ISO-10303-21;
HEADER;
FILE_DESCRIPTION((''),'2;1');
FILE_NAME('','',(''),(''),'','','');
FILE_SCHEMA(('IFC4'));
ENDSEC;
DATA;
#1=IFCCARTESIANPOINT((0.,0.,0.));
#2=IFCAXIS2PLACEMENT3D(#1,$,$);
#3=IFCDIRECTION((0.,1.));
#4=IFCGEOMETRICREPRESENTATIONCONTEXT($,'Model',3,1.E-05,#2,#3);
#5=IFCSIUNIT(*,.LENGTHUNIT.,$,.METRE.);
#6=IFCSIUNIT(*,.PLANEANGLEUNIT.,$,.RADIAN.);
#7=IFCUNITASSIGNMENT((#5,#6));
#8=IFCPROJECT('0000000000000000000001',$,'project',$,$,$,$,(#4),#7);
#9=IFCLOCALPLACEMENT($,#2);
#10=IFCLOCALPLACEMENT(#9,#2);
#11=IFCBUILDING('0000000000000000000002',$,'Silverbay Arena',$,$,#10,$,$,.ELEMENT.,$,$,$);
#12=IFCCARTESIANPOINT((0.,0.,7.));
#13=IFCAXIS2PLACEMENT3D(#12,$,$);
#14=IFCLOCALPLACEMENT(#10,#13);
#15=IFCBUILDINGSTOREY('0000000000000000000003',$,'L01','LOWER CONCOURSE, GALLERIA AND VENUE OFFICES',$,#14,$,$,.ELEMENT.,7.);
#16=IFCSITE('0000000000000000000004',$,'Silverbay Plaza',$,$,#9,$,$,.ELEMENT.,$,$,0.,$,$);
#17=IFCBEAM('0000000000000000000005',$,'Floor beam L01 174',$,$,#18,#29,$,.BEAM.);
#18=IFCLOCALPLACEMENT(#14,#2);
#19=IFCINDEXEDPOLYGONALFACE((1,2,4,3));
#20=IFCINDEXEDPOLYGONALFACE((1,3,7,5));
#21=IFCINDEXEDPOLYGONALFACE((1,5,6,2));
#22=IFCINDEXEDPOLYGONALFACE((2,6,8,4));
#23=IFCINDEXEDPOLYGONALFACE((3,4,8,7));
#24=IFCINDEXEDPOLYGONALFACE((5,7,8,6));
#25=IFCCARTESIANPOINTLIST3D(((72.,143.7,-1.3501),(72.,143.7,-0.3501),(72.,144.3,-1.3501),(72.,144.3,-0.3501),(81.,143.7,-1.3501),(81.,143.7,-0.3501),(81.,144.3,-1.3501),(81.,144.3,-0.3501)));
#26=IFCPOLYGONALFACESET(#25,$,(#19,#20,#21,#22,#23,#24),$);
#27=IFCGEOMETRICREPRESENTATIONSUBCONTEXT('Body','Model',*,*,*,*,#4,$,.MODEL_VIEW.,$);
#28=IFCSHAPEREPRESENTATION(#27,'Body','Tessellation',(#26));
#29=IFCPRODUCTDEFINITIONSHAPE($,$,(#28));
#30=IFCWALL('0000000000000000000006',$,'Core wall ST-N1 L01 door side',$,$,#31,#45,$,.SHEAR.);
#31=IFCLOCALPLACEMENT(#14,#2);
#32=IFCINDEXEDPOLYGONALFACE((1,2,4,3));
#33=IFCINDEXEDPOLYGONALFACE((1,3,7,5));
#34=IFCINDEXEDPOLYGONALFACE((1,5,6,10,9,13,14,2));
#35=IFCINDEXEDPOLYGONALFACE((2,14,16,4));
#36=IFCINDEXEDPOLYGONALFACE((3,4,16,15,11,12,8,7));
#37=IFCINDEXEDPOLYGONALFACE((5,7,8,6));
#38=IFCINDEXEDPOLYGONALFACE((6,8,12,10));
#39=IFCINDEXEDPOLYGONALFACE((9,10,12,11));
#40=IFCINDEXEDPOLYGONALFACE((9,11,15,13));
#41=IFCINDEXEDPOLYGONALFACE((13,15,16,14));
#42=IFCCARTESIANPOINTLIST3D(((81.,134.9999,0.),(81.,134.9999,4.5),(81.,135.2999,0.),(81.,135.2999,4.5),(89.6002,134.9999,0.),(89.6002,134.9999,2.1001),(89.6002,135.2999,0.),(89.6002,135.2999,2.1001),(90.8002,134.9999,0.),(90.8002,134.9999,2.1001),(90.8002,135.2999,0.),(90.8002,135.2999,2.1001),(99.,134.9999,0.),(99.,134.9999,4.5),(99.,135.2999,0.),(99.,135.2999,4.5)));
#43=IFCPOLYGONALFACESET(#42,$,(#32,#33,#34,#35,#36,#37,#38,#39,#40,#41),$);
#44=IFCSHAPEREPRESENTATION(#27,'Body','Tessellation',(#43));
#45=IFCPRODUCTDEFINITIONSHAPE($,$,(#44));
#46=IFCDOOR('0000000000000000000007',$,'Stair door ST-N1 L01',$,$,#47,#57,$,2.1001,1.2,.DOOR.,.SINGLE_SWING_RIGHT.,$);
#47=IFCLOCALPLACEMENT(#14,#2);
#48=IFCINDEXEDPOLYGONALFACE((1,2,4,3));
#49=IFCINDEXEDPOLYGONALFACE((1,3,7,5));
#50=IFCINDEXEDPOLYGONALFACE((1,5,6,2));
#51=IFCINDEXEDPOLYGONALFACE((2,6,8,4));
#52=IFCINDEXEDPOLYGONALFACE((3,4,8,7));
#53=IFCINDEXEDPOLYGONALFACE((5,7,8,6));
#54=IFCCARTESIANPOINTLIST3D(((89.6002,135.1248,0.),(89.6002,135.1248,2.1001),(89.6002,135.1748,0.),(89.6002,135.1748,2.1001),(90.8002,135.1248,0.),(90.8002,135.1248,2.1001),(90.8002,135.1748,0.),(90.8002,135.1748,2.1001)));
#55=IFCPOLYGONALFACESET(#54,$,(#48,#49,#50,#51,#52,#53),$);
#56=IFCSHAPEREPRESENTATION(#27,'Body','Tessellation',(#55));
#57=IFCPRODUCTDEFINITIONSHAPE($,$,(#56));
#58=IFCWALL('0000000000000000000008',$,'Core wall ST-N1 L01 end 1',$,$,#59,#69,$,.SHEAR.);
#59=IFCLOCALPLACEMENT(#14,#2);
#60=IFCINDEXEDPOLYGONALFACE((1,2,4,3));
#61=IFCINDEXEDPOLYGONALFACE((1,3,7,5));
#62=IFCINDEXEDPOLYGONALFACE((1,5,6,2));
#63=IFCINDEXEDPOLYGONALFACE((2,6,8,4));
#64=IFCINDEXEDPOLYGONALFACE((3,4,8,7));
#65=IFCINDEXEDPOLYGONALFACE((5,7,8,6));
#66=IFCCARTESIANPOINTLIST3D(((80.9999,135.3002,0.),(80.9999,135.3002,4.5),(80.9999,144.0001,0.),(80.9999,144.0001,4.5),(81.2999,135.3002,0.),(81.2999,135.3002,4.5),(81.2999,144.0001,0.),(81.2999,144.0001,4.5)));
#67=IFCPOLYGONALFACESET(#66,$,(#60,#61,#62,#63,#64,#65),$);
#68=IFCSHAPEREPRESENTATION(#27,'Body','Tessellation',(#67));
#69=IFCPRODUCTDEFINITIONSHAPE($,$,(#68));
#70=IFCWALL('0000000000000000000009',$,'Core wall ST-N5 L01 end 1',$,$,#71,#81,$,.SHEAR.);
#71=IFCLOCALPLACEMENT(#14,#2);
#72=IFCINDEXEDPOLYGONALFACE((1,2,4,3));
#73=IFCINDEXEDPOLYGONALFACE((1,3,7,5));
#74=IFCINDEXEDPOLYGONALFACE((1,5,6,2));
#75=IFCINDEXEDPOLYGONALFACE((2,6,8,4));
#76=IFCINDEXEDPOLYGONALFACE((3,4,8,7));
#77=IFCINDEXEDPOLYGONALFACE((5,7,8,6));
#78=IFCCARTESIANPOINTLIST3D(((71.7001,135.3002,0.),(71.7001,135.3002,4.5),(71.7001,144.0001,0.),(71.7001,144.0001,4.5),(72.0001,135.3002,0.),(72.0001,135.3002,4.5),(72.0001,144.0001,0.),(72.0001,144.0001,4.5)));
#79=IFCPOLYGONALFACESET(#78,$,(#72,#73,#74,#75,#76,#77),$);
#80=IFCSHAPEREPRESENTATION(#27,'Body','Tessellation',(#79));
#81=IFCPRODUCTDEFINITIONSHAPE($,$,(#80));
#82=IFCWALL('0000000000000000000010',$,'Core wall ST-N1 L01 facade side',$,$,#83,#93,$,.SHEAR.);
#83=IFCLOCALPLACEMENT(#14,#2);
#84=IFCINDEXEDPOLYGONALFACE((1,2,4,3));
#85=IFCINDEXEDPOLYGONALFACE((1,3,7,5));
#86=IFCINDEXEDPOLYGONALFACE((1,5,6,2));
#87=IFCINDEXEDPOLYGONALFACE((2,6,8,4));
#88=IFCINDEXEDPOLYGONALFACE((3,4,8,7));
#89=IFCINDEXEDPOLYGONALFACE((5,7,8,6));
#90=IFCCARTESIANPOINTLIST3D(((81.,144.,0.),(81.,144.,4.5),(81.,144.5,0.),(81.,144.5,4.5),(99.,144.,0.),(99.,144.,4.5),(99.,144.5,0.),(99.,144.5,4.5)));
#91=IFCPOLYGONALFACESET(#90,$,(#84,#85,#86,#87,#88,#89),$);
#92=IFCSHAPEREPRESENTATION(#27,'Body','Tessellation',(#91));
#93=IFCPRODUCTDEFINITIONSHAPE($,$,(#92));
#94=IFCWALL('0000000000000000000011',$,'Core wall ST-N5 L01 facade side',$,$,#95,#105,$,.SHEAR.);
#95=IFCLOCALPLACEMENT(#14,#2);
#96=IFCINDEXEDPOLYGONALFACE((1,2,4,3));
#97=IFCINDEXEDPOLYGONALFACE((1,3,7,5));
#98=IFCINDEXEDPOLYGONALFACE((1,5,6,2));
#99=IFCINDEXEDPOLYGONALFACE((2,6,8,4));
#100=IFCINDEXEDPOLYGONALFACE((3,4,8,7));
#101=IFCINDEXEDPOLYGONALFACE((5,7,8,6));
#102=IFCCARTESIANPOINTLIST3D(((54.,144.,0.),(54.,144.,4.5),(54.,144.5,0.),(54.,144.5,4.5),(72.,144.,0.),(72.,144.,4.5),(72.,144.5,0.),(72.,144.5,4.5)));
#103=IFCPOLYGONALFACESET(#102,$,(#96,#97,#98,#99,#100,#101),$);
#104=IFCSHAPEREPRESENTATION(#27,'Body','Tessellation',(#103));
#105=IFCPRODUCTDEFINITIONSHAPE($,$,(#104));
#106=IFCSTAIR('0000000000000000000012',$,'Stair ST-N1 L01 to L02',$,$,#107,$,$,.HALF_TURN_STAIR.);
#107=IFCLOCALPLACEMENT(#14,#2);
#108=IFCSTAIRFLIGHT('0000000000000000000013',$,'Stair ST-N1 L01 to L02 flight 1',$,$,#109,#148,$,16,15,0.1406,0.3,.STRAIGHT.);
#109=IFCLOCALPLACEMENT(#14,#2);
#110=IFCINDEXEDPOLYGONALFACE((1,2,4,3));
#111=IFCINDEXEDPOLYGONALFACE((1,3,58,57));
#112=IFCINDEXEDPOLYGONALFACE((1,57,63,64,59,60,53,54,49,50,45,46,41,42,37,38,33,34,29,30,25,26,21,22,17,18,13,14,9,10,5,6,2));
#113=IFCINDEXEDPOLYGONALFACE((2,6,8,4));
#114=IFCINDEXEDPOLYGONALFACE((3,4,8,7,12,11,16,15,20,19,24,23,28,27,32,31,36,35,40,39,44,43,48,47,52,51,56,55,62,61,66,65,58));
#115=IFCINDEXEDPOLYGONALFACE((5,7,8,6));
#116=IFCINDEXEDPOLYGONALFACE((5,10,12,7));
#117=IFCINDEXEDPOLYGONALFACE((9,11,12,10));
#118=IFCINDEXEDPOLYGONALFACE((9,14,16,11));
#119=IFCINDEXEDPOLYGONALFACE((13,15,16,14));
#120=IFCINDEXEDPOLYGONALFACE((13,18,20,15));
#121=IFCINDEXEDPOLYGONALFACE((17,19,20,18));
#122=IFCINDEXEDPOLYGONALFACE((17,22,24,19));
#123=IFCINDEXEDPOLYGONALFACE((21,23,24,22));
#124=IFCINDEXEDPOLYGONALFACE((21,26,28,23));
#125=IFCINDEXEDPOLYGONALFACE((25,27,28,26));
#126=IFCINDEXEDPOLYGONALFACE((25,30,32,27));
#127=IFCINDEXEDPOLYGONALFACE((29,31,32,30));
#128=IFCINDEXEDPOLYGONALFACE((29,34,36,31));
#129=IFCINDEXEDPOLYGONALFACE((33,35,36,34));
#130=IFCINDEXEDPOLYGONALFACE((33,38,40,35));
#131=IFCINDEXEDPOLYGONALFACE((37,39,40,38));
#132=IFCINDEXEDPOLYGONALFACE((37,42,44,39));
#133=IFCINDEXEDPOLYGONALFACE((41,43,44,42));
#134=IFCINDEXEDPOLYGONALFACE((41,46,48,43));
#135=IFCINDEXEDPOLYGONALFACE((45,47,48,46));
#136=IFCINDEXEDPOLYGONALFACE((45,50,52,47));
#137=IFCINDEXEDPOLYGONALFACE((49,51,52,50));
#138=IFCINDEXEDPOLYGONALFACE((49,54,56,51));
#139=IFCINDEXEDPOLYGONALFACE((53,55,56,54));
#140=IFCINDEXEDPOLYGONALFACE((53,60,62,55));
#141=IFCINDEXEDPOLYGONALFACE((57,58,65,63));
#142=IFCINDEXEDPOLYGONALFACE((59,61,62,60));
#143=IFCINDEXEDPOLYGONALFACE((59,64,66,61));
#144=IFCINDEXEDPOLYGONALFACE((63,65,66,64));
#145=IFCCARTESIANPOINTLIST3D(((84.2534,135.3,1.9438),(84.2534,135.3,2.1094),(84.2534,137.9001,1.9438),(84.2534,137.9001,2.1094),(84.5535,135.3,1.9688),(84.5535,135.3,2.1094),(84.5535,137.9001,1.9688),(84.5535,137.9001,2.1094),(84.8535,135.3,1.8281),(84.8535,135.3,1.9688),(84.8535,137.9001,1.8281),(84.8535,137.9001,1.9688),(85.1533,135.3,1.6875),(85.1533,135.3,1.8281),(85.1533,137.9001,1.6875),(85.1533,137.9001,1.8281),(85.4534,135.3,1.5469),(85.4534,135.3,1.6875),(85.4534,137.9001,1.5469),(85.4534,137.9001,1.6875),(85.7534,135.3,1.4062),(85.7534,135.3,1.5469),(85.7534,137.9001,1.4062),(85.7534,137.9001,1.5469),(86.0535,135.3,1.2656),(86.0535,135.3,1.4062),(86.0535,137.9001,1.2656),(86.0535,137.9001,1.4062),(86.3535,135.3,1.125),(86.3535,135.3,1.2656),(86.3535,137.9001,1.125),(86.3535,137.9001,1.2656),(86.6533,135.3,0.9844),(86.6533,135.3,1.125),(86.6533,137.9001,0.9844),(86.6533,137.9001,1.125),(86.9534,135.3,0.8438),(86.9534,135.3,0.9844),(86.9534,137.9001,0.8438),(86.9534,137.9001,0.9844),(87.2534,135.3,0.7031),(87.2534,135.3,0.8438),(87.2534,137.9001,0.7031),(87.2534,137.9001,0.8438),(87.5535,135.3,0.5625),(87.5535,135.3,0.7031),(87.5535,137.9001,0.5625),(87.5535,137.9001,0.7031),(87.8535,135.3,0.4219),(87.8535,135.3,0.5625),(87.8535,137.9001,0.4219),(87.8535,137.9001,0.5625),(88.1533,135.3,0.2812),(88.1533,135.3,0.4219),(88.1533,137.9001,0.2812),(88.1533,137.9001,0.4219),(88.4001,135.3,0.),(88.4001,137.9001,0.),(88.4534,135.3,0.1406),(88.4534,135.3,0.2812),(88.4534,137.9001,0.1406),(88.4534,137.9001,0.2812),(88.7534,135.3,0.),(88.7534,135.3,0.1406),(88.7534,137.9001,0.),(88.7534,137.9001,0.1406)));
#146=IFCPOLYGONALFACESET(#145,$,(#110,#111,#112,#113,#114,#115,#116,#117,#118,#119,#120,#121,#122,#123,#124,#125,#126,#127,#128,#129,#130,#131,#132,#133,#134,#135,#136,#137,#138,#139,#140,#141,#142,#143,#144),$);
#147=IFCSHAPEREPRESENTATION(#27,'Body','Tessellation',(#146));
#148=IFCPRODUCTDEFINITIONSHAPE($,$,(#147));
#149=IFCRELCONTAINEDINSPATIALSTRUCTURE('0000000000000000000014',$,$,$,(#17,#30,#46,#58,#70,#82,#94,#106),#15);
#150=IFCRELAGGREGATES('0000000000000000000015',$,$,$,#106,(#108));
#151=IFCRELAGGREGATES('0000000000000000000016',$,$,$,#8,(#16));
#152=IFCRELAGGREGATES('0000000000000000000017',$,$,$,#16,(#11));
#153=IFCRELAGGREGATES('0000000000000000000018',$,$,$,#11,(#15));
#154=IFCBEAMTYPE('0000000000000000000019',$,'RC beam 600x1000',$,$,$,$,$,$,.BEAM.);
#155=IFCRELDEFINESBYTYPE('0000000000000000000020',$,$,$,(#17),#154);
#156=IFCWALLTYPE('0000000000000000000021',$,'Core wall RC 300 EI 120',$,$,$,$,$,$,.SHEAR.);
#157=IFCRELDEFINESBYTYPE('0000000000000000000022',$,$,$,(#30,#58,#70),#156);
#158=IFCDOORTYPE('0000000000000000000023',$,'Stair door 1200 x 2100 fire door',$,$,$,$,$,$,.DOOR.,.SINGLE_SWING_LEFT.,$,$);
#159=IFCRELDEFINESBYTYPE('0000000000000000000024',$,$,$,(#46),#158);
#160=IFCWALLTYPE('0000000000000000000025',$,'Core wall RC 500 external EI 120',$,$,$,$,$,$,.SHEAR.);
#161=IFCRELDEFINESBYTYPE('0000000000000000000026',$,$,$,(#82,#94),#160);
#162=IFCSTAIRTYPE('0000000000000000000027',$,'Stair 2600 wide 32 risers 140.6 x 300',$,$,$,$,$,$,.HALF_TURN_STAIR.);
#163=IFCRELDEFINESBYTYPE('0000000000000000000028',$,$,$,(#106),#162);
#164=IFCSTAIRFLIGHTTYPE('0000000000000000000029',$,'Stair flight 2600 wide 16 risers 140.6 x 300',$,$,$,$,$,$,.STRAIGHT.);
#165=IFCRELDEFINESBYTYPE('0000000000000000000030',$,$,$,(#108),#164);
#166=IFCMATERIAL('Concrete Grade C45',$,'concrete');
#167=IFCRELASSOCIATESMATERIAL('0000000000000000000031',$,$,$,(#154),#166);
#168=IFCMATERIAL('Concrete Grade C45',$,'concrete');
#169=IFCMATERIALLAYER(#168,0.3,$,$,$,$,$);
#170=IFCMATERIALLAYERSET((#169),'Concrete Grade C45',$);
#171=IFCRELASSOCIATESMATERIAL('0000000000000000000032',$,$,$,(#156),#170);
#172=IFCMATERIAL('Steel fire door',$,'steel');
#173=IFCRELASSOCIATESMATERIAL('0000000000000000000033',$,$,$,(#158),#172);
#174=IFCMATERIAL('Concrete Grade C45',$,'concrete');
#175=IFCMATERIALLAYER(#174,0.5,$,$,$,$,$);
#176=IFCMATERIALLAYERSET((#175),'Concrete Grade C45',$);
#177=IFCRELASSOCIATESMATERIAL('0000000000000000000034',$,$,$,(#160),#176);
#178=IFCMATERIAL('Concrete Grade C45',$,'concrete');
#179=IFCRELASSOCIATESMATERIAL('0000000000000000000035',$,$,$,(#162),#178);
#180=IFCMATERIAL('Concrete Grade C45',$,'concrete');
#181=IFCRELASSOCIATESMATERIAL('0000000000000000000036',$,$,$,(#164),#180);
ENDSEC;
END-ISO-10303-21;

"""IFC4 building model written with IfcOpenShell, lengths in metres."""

from ifc_helpers import new_model, si_unit, direction, frame, frame_2d, origin, origin_2d, place, context, subcontext, project, spatial, polyline, rectangle, outline, extrude, material, layer, layer_set, material_profile, profile_set, type_object, element, fill, aggregate, save


model = new_model("IFC4")

# Units and contexts
model_context = context("Model", 3, precision=1e-05, world=origin(), true_north=direction((0.0, 1.0)))
body_context = subcontext(model_context, "Body", "Model", "MODEL_VIEW")
ifc_project = project(units=[si_unit("LENGTHUNIT", "METRE"), si_unit("PLANEANGLEUNIT", "RADIAN")], contexts=[model_context])

# Site, building, storey
site_placement = place(None, origin())
site = spatial("IfcSite", under=ifc_project, at=site_placement, Name="Silverbay Plaza", CompositionType="ELEMENT", RefElevation=0.0)
building_placement = place(site_placement, origin())
building = spatial("IfcBuilding", under=site, at=building_placement, Name="Silverbay Arena", CompositionType="ELEMENT")
storey_placement = place(building_placement, frame((0.0, 0.0, 7.0)))
storey = spatial("IfcBuildingStorey", under=building, at=storey_placement, Name="L01", Description="LOWER CONCOURSE, GALLERIA AND VENUE OFFICES", CompositionType="ELEMENT", Elevation=7.0)

# Beam
ifc_material_1 = material(Name="Concrete Grade C45", Category="concrete")
ifc_material_profile = material_profile(ifc_material_1, rectangle(XDim=0.6001, YDim=1.0, at=origin_2d()), Name="RC 600x1000")
ifc_profile_set = profile_set([ifc_material_profile], Name="Concrete Grade C45")
beam_type = type_object("IfcBeamType", Name="RC beam 600x1000", PredefinedType="BEAM", material=ifc_profile_set)
beam_placement = place(storey_placement, frame((72.0, 144.0, -0.8501), z_axis=(1.0, 0.0, 0.0), x_axis=(0.0, 1.0, 0.0)))
element("IfcBeam", 1, at=beam_placement, inside=storey, type_object=beam_type, Name="Floor beam L01 174", PredefinedType="BEAM", context=body_context, shape_type="SweptSolid", body=[
    extrude(rectangle(XDim=0.6001, YDim=1.0, at=origin_2d()), origin(), (0.0, 0.0, 1.0), 9.0),
])

# Wall, opening, door
ifc_material_2 = material(Name="Concrete Grade C45", Category="concrete")
ifc_layer_1 = layer(ifc_material_2, 0.3)
ifc_layer_set_1 = layer_set([ifc_layer_1], Name="Concrete Grade C45")
wall_type_1 = type_object("IfcWallType", Name="Core wall RC 300 EI 120", PredefinedType="SHEAR", material=ifc_layer_set_1)
wall_placement = place(storey_placement, frame((81.0, 135.1499, 0.0), z_axis=(0.0, 0.0, 1.0), x_axis=(1.0, 0.0, 0.0)))
wall = element("IfcWall", 2, at=wall_placement, inside=storey, type_object=wall_type_1, Name="Core wall ST-N1 L01 door side", PredefinedType="SHEAR", context=body_context, shape_type="SweptSolid", body=[
    extrude(rectangle(XDim=18.0, YDim=0.3, at=frame_2d((9.0, 0.0))), origin(), (0.0, 0.0, 1.0), 4.5),
])
opening_placement = place(wall_placement, frame((8.6001, 0.0, 0.0)))
opening = element("IfcOpeningElement", 3, at=opening_placement, cuts=wall, PredefinedType="OPENING", context=body_context, shape_type="SweptSolid", body=[
    extrude(rectangle(XDim=1.2, YDim=2.1001, at=frame_2d((0.6001, 1.05))), frame((0.0, 0.1602, 0.0), z_axis=(0.0, -1.0, 0.0), x_axis=(1.0, 0.0, 0.0)), (0.0, 0.0, 1.0), 0.3201),
])
ifc_material_3 = material(Name="Steel fire door", Category="steel")
door_type = type_object("IfcDoorType", Name="Stair door 1200 x 2100 fire door", OperationType="SINGLE_SWING_LEFT", PredefinedType="DOOR", material=ifc_material_3)
door_placement = place(opening_placement, origin())
door = element("IfcDoor", 4, at=door_placement, inside=storey, type_object=door_type, Name="Stair door ST-N1 L01", OperationType="SINGLE_SWING_RIGHT", OverallHeight=2.1001, OverallWidth=1.2, PredefinedType="DOOR", context=body_context, shape_type="SweptSolid", body=[
    extrude(rectangle(XDim=1.2, YDim=2.1001, at=frame_2d((0.6001, 1.05))), frame((0.0, 0.0249, 0.0), z_axis=(0.0, -1.0, 0.0), x_axis=(1.0, 0.0, 0.0)), (0.0, 0.0, 1.0), 0.05),
])
fill(opening, door)

# Walls
for number, where, z_axis, x_axis, name in (
    (5, (81.1499, 135.3, 0.0), (0.0, 0.0, 1.0), (0.0, 1.0, 0.0), "Core wall ST-N1 L01 end 1"),
    (6, (71.8501, 135.3, 0.0), (0.0, 0.0, 1.0), (0.0, 1.0, 0.0), "Core wall ST-N5 L01 end 1"),
):
    element("IfcWall", number, at=place(storey_placement, frame(where, z_axis=z_axis, x_axis=x_axis)), inside=storey, type_object=wall_type_1, Name=name, PredefinedType="SHEAR", context=body_context, shape_type="SweptSolid", body=[
        extrude(rectangle(XDim=8.7, YDim=0.3, at=frame_2d((4.3501, 0.0))), origin(), (0.0, 0.0, 1.0), 4.5),
    ])
ifc_material_4 = material(Name="Concrete Grade C45", Category="concrete")
ifc_layer_2 = layer(ifc_material_4, 0.5)
ifc_layer_set_2 = layer_set([ifc_layer_2], Name="Concrete Grade C45")
wall_type_2 = type_object("IfcWallType", Name="Core wall RC 500 external EI 120", PredefinedType="SHEAR", material=ifc_layer_set_2)
for number, where, z_axis, x_axis, name in (
    (7, (81.0, 144.25, 0.0), (0.0, 0.0, 1.0), (1.0, 0.0, 0.0), "Core wall ST-N1 L01 facade side"),
    (8, (72.0, 144.25, 0.0), (0.0, 0.0, 1.0), (-1.0, 0.0, 0.0), "Core wall ST-N5 L01 facade side"),
):
    element("IfcWall", number, at=place(storey_placement, frame(where, z_axis=z_axis, x_axis=x_axis)), inside=storey, type_object=wall_type_2, Name=name, PredefinedType="SHEAR", context=body_context, shape_type="SweptSolid", body=[
        extrude(rectangle(XDim=18.0, YDim=0.5, at=frame_2d((9.0, 0.0))), origin(), (0.0, 0.0, 1.0), 4.5),
    ])

# Stair, stair flight
ifc_material_5 = material(Name="Concrete Grade C45", Category="concrete")
stair_type = type_object("IfcStairType", Name="Stair 2600 wide 32 risers 140.6 x 300", PredefinedType="HALF_TURN_STAIR", material=ifc_material_5)
stair_1_placement = place(storey_placement, origin())
stair_1 = element("IfcStair", 9, at=stair_1_placement, inside=storey, type_object=stair_type, Name="Stair ST-N1 L01 to L02", PredefinedType="HALF_TURN_STAIR")
ifc_material_6 = material(Name="Concrete Grade C45", Category="concrete")
stair_flight_type = type_object("IfcStairFlightType", Name="Stair flight 2600 wide 16 risers 140.6 x 300", PredefinedType="STRAIGHT", material=ifc_material_6)
stair_flight_1_placement = place(storey_placement, frame((88.7534, 136.6001, 0.0), z_axis=(0.0, 0.0, 1.0), x_axis=(-1.0, 0.0, 0.0)))
stair_flight_1 = element("IfcStairFlight", 10, at=stair_flight_1_placement, type_object=stair_flight_type, Name="Stair ST-N1 L01 to L02 flight 1", NumberOfRisers=16, NumberOfTreads=15, PredefinedType="STRAIGHT", RiserHeight=0.1406, TreadLength=0.3, context=body_context, shape_type="SweptSolid", body=[
    extrude(outline(polyline([(0.0, 0.0), (0.0, 0.1406), (0.3, 0.1406), (0.3, 0.2812), (0.6001, 0.2812), (0.6001, 0.4219), (0.8999, 0.4219), (0.8999, 0.5625), (1.2, 0.5625), (1.2, 0.7031), (1.5, 0.7031), (1.5, 0.8438), (1.8, 0.8438), (1.8, 0.9844), (2.1001, 0.9844), (2.1001, 1.125), (2.3999, 1.125), (2.3999, 1.2656), (2.7, 1.2656), (2.7, 1.4062), (3.0, 1.4062), (3.0, 1.5469), (3.3, 1.5469), (3.3, 1.6875), (3.6001, 1.6875), (3.6001, 1.8281), (3.8999, 1.8281), (3.8999, 1.9688), (4.2, 1.9688), (4.2, 2.1094), (4.5, 2.1094), (4.5, 1.9438), (0.3533, 0.0), (0.0, 0.0)])), frame((0.0, 1.3, 0.0), z_axis=(0.0, -1.0, 0.0), x_axis=(1.0, 0.0, 0.0)), (0.0, 0.0, 1.0), 2.6001),
])
aggregate(stair_1, [stair_flight_1])

save(model, "model.ifc")
